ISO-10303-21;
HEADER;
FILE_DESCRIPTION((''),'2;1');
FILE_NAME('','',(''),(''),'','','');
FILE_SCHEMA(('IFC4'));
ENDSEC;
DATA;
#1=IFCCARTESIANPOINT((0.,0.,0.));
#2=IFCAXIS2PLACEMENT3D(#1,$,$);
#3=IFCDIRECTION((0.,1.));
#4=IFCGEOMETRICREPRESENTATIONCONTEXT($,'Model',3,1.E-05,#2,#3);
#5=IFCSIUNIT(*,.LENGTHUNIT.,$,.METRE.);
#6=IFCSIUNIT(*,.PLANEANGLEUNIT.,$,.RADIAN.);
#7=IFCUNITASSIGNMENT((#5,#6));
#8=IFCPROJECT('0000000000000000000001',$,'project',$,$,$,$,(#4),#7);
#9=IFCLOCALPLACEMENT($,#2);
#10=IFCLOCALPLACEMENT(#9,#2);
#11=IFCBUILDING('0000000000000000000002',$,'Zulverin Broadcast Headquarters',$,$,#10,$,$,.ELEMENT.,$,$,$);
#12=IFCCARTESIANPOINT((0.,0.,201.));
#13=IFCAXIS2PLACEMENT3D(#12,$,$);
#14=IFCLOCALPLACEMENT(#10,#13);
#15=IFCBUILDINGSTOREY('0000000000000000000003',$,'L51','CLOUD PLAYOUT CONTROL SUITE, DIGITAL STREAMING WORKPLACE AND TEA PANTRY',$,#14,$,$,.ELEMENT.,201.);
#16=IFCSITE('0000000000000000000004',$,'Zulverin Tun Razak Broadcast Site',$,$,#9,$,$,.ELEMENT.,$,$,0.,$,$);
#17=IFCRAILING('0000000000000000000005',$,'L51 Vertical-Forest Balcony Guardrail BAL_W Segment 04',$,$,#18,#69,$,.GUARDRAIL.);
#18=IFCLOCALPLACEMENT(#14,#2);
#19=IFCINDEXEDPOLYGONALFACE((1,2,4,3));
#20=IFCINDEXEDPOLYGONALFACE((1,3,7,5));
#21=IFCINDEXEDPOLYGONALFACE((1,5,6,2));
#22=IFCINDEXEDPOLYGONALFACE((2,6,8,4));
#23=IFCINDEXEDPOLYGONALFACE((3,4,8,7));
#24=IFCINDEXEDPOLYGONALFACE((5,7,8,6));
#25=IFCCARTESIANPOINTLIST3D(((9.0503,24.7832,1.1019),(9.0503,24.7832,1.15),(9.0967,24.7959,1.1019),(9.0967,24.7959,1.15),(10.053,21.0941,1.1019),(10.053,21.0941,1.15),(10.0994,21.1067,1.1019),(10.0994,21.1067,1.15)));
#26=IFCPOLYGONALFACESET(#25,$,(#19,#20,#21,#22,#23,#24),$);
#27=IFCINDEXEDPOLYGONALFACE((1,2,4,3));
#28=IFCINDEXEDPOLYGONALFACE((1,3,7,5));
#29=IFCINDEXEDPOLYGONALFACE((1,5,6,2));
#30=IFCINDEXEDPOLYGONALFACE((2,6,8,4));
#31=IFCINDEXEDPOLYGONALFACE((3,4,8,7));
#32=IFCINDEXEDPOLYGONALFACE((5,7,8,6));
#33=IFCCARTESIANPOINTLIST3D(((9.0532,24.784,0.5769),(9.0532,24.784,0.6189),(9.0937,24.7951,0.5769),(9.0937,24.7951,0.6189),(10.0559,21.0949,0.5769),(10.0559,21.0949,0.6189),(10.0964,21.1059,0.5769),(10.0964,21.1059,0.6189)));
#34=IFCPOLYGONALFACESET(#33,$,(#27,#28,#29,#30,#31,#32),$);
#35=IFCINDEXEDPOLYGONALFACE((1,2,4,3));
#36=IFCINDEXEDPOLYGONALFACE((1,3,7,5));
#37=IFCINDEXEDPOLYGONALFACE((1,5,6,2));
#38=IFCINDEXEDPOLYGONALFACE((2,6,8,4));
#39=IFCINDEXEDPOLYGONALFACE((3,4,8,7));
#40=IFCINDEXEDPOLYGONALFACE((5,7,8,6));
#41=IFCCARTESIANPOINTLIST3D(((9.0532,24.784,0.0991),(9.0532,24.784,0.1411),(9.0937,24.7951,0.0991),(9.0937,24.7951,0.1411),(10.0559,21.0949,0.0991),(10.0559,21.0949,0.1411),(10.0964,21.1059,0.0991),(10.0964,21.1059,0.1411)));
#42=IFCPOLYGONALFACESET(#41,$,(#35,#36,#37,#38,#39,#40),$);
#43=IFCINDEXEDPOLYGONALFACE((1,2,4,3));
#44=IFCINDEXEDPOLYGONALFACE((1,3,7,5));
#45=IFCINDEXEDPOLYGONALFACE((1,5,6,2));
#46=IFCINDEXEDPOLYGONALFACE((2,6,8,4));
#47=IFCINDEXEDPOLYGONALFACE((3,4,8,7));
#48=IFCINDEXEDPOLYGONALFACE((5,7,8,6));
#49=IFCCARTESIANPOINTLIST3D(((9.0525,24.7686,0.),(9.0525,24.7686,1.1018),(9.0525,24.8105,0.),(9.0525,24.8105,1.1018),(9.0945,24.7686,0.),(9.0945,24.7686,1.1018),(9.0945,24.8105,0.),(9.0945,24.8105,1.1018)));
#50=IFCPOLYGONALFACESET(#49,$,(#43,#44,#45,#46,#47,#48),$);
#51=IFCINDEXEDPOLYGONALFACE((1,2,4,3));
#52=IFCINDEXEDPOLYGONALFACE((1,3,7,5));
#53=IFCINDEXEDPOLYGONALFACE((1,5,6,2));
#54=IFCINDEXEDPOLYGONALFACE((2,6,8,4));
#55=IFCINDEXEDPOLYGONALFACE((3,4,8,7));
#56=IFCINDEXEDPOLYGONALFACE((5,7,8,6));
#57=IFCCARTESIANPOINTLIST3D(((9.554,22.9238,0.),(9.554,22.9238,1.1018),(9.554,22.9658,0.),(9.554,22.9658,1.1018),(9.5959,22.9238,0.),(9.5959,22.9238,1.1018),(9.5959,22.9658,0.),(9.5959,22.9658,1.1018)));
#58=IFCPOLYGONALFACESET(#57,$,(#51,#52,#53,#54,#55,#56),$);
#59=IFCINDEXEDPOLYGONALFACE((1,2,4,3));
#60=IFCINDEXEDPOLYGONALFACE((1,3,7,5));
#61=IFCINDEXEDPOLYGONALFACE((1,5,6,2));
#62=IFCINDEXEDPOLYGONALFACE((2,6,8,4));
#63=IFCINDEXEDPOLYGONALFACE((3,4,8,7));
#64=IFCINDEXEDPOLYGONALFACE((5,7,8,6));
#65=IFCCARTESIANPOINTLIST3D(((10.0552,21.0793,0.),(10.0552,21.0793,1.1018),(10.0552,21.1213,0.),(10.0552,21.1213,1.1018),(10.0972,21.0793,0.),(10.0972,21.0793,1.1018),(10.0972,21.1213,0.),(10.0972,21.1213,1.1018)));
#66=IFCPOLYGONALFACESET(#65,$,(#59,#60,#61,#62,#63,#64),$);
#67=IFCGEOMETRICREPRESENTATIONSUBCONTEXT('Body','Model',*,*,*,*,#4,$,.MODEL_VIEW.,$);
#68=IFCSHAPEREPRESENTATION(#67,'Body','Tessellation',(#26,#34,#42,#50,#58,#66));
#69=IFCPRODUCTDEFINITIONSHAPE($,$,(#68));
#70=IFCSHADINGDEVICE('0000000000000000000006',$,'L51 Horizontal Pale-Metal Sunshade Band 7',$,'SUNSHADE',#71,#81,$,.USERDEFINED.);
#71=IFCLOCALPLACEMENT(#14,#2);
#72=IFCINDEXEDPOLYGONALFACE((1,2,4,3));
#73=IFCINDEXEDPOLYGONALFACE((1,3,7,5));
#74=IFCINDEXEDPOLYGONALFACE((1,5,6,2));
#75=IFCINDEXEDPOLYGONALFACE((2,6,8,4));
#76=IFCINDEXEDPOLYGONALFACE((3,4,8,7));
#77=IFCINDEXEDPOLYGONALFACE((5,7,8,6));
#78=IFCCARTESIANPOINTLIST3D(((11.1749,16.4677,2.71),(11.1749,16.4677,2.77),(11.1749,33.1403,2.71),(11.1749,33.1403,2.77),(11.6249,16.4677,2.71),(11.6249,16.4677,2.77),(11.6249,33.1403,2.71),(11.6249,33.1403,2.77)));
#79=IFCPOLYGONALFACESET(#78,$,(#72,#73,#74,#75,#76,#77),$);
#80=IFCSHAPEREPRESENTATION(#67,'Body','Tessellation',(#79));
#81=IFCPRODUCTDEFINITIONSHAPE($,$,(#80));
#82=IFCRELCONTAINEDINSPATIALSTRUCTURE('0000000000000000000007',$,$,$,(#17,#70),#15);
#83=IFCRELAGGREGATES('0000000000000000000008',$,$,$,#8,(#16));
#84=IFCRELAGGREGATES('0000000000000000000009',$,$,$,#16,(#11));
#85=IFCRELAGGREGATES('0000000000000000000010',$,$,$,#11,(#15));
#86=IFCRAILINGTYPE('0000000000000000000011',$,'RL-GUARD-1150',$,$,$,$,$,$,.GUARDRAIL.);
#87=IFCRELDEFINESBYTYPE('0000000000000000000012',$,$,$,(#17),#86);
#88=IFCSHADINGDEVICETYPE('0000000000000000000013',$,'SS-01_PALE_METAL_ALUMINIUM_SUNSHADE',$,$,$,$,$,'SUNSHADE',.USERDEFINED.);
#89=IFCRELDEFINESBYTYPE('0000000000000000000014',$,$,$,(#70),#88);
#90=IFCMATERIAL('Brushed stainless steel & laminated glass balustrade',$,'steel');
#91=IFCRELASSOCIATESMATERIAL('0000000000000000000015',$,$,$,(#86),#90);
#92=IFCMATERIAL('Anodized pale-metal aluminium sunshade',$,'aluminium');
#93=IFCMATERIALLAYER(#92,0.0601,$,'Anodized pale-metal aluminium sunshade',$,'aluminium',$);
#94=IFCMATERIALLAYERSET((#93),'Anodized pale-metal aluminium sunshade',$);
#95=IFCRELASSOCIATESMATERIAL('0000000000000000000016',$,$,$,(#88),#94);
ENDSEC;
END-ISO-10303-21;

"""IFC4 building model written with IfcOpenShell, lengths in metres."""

from ifc_helpers import new_model, si_unit, direction, frame, origin, origin_2d, place, context, subcontext, project, spatial, rectangle, extrude, material, layer, layer_set, type_object, element, save


model = new_model("IFC4")

# Units and contexts
model_context = context("Model", 3, precision=1e-05, world=origin(), true_north=direction((0.0, 1.0)))
body_context = subcontext(model_context, "Body", "Model", "MODEL_VIEW")
ifc_project = project(units=[si_unit("LENGTHUNIT", "METRE"), si_unit("PLANEANGLEUNIT", "RADIAN")], contexts=[model_context])

# Site, building, storey
site_placement = place(None, origin())
site = spatial("IfcSite", under=ifc_project, at=site_placement, Name="Zulverin Tun Razak Broadcast Site", CompositionType="ELEMENT", RefElevation=0.0)
building_placement = place(site_placement, origin())
building = spatial("IfcBuilding", under=site, at=building_placement, Name="Zulverin Broadcast Headquarters", CompositionType="ELEMENT")
storey_placement = place(building_placement, frame((0.0, 0.0, 201.0)))
storey = spatial("IfcBuildingStorey", under=building, at=storey_placement, Name="L51", Description="CLOUD PLAYOUT CONTROL SUITE, DIGITAL STREAMING WORKPLACE AND TEA PANTRY", CompositionType="ELEMENT", Elevation=201.0)

# Railing
ifc_material_1 = material(Name="Brushed stainless steel & laminated glass balustrade", Category="steel")
railing_type = type_object("IfcRailingType", Name="RL-GUARD-1150", PredefinedType="GUARDRAIL", material=ifc_material_1)
railing_1_placement = place(storey_placement, frame((9.0735, 24.7896, 0.0)))
element("IfcRailing", 1, at=railing_1_placement, inside=storey, type_object=railing_type, Name="L51 Vertical-Forest Balcony Guardrail BAL_W Segment 04", PredefinedType="GUARDRAIL", context=body_context, shape_type="SweptSolid", body=[
    extrude(rectangle(XDim=0.0481, YDim=0.0481, at=origin_2d()), frame((0.0, 0.0, 1.126), z_axis=(0.262274, -0.964993, 0.0), x_axis=(0.964993, 0.262274, 0.0)), (0.0, 0.0, 1.0), 3.823),
    extrude(rectangle(XDim=0.042, YDim=0.042, at=origin_2d()), frame((0.0, 0.0, 0.5979), z_axis=(0.262274, -0.964993, 0.0), x_axis=(0.964993, 0.262274, 0.0)), (0.0, 0.0, 1.0), 3.823),
    extrude(rectangle(XDim=0.042, YDim=0.042, at=origin_2d()), frame((0.0, 0.0, 0.1201), z_axis=(0.262274, -0.964993, 0.0), x_axis=(0.964993, 0.262274, 0.0)), (0.0, 0.0, 1.0), 3.823),
    extrude(rectangle(XDim=0.042, YDim=0.042, at=origin_2d()), origin(), (0.0, 0.0, 1.0), 1.1018),
    extrude(rectangle(XDim=0.042, YDim=0.042, at=origin_2d()), frame((0.5015, -1.8447, 0.0)), (0.0, 0.0, 1.0), 1.1018),
    extrude(rectangle(XDim=0.042, YDim=0.042, at=origin_2d()), frame((1.0027, -3.6892, 0.0)), (0.0, 0.0, 1.0), 1.1018),
])

# Shading device
ifc_material_2 = material(Name="Anodized pale-metal aluminium sunshade", Category="aluminium")
ifc_layer_1 = layer(ifc_material_2, 0.0601, Name="Anodized pale-metal aluminium sunshade", Category="aluminium")
ifc_layer_set_1 = layer_set([ifc_layer_1], Name="Anodized pale-metal aluminium sunshade")
shading_device_type = type_object("IfcShadingDeviceType", Name="SS-01_PALE_METAL_ALUMINIUM_SUNSHADE", ElementType="SUNSHADE", PredefinedType="USERDEFINED", material=ifc_layer_set_1)
shading_device_placement = place(storey_placement, frame((11.3999, 24.804, 2.71), z_axis=(0.0, 0.0, 1.0), x_axis=(0.0, -1.0, 0.0)))
element("IfcShadingDevice", 2, at=shading_device_placement, inside=storey, type_object=shading_device_type, Name="L51 Horizontal Pale-Metal Sunshade Band 7", ObjectType="SUNSHADE", PredefinedType="USERDEFINED", context=body_context, shape_type="SweptSolid", body=[
    extrude(rectangle(XDim=16.6726, YDim=0.45, at=origin_2d()), origin(), (0.0, 0.0, 1.0), 0.0601),
])

save(model, "model.ifc")
